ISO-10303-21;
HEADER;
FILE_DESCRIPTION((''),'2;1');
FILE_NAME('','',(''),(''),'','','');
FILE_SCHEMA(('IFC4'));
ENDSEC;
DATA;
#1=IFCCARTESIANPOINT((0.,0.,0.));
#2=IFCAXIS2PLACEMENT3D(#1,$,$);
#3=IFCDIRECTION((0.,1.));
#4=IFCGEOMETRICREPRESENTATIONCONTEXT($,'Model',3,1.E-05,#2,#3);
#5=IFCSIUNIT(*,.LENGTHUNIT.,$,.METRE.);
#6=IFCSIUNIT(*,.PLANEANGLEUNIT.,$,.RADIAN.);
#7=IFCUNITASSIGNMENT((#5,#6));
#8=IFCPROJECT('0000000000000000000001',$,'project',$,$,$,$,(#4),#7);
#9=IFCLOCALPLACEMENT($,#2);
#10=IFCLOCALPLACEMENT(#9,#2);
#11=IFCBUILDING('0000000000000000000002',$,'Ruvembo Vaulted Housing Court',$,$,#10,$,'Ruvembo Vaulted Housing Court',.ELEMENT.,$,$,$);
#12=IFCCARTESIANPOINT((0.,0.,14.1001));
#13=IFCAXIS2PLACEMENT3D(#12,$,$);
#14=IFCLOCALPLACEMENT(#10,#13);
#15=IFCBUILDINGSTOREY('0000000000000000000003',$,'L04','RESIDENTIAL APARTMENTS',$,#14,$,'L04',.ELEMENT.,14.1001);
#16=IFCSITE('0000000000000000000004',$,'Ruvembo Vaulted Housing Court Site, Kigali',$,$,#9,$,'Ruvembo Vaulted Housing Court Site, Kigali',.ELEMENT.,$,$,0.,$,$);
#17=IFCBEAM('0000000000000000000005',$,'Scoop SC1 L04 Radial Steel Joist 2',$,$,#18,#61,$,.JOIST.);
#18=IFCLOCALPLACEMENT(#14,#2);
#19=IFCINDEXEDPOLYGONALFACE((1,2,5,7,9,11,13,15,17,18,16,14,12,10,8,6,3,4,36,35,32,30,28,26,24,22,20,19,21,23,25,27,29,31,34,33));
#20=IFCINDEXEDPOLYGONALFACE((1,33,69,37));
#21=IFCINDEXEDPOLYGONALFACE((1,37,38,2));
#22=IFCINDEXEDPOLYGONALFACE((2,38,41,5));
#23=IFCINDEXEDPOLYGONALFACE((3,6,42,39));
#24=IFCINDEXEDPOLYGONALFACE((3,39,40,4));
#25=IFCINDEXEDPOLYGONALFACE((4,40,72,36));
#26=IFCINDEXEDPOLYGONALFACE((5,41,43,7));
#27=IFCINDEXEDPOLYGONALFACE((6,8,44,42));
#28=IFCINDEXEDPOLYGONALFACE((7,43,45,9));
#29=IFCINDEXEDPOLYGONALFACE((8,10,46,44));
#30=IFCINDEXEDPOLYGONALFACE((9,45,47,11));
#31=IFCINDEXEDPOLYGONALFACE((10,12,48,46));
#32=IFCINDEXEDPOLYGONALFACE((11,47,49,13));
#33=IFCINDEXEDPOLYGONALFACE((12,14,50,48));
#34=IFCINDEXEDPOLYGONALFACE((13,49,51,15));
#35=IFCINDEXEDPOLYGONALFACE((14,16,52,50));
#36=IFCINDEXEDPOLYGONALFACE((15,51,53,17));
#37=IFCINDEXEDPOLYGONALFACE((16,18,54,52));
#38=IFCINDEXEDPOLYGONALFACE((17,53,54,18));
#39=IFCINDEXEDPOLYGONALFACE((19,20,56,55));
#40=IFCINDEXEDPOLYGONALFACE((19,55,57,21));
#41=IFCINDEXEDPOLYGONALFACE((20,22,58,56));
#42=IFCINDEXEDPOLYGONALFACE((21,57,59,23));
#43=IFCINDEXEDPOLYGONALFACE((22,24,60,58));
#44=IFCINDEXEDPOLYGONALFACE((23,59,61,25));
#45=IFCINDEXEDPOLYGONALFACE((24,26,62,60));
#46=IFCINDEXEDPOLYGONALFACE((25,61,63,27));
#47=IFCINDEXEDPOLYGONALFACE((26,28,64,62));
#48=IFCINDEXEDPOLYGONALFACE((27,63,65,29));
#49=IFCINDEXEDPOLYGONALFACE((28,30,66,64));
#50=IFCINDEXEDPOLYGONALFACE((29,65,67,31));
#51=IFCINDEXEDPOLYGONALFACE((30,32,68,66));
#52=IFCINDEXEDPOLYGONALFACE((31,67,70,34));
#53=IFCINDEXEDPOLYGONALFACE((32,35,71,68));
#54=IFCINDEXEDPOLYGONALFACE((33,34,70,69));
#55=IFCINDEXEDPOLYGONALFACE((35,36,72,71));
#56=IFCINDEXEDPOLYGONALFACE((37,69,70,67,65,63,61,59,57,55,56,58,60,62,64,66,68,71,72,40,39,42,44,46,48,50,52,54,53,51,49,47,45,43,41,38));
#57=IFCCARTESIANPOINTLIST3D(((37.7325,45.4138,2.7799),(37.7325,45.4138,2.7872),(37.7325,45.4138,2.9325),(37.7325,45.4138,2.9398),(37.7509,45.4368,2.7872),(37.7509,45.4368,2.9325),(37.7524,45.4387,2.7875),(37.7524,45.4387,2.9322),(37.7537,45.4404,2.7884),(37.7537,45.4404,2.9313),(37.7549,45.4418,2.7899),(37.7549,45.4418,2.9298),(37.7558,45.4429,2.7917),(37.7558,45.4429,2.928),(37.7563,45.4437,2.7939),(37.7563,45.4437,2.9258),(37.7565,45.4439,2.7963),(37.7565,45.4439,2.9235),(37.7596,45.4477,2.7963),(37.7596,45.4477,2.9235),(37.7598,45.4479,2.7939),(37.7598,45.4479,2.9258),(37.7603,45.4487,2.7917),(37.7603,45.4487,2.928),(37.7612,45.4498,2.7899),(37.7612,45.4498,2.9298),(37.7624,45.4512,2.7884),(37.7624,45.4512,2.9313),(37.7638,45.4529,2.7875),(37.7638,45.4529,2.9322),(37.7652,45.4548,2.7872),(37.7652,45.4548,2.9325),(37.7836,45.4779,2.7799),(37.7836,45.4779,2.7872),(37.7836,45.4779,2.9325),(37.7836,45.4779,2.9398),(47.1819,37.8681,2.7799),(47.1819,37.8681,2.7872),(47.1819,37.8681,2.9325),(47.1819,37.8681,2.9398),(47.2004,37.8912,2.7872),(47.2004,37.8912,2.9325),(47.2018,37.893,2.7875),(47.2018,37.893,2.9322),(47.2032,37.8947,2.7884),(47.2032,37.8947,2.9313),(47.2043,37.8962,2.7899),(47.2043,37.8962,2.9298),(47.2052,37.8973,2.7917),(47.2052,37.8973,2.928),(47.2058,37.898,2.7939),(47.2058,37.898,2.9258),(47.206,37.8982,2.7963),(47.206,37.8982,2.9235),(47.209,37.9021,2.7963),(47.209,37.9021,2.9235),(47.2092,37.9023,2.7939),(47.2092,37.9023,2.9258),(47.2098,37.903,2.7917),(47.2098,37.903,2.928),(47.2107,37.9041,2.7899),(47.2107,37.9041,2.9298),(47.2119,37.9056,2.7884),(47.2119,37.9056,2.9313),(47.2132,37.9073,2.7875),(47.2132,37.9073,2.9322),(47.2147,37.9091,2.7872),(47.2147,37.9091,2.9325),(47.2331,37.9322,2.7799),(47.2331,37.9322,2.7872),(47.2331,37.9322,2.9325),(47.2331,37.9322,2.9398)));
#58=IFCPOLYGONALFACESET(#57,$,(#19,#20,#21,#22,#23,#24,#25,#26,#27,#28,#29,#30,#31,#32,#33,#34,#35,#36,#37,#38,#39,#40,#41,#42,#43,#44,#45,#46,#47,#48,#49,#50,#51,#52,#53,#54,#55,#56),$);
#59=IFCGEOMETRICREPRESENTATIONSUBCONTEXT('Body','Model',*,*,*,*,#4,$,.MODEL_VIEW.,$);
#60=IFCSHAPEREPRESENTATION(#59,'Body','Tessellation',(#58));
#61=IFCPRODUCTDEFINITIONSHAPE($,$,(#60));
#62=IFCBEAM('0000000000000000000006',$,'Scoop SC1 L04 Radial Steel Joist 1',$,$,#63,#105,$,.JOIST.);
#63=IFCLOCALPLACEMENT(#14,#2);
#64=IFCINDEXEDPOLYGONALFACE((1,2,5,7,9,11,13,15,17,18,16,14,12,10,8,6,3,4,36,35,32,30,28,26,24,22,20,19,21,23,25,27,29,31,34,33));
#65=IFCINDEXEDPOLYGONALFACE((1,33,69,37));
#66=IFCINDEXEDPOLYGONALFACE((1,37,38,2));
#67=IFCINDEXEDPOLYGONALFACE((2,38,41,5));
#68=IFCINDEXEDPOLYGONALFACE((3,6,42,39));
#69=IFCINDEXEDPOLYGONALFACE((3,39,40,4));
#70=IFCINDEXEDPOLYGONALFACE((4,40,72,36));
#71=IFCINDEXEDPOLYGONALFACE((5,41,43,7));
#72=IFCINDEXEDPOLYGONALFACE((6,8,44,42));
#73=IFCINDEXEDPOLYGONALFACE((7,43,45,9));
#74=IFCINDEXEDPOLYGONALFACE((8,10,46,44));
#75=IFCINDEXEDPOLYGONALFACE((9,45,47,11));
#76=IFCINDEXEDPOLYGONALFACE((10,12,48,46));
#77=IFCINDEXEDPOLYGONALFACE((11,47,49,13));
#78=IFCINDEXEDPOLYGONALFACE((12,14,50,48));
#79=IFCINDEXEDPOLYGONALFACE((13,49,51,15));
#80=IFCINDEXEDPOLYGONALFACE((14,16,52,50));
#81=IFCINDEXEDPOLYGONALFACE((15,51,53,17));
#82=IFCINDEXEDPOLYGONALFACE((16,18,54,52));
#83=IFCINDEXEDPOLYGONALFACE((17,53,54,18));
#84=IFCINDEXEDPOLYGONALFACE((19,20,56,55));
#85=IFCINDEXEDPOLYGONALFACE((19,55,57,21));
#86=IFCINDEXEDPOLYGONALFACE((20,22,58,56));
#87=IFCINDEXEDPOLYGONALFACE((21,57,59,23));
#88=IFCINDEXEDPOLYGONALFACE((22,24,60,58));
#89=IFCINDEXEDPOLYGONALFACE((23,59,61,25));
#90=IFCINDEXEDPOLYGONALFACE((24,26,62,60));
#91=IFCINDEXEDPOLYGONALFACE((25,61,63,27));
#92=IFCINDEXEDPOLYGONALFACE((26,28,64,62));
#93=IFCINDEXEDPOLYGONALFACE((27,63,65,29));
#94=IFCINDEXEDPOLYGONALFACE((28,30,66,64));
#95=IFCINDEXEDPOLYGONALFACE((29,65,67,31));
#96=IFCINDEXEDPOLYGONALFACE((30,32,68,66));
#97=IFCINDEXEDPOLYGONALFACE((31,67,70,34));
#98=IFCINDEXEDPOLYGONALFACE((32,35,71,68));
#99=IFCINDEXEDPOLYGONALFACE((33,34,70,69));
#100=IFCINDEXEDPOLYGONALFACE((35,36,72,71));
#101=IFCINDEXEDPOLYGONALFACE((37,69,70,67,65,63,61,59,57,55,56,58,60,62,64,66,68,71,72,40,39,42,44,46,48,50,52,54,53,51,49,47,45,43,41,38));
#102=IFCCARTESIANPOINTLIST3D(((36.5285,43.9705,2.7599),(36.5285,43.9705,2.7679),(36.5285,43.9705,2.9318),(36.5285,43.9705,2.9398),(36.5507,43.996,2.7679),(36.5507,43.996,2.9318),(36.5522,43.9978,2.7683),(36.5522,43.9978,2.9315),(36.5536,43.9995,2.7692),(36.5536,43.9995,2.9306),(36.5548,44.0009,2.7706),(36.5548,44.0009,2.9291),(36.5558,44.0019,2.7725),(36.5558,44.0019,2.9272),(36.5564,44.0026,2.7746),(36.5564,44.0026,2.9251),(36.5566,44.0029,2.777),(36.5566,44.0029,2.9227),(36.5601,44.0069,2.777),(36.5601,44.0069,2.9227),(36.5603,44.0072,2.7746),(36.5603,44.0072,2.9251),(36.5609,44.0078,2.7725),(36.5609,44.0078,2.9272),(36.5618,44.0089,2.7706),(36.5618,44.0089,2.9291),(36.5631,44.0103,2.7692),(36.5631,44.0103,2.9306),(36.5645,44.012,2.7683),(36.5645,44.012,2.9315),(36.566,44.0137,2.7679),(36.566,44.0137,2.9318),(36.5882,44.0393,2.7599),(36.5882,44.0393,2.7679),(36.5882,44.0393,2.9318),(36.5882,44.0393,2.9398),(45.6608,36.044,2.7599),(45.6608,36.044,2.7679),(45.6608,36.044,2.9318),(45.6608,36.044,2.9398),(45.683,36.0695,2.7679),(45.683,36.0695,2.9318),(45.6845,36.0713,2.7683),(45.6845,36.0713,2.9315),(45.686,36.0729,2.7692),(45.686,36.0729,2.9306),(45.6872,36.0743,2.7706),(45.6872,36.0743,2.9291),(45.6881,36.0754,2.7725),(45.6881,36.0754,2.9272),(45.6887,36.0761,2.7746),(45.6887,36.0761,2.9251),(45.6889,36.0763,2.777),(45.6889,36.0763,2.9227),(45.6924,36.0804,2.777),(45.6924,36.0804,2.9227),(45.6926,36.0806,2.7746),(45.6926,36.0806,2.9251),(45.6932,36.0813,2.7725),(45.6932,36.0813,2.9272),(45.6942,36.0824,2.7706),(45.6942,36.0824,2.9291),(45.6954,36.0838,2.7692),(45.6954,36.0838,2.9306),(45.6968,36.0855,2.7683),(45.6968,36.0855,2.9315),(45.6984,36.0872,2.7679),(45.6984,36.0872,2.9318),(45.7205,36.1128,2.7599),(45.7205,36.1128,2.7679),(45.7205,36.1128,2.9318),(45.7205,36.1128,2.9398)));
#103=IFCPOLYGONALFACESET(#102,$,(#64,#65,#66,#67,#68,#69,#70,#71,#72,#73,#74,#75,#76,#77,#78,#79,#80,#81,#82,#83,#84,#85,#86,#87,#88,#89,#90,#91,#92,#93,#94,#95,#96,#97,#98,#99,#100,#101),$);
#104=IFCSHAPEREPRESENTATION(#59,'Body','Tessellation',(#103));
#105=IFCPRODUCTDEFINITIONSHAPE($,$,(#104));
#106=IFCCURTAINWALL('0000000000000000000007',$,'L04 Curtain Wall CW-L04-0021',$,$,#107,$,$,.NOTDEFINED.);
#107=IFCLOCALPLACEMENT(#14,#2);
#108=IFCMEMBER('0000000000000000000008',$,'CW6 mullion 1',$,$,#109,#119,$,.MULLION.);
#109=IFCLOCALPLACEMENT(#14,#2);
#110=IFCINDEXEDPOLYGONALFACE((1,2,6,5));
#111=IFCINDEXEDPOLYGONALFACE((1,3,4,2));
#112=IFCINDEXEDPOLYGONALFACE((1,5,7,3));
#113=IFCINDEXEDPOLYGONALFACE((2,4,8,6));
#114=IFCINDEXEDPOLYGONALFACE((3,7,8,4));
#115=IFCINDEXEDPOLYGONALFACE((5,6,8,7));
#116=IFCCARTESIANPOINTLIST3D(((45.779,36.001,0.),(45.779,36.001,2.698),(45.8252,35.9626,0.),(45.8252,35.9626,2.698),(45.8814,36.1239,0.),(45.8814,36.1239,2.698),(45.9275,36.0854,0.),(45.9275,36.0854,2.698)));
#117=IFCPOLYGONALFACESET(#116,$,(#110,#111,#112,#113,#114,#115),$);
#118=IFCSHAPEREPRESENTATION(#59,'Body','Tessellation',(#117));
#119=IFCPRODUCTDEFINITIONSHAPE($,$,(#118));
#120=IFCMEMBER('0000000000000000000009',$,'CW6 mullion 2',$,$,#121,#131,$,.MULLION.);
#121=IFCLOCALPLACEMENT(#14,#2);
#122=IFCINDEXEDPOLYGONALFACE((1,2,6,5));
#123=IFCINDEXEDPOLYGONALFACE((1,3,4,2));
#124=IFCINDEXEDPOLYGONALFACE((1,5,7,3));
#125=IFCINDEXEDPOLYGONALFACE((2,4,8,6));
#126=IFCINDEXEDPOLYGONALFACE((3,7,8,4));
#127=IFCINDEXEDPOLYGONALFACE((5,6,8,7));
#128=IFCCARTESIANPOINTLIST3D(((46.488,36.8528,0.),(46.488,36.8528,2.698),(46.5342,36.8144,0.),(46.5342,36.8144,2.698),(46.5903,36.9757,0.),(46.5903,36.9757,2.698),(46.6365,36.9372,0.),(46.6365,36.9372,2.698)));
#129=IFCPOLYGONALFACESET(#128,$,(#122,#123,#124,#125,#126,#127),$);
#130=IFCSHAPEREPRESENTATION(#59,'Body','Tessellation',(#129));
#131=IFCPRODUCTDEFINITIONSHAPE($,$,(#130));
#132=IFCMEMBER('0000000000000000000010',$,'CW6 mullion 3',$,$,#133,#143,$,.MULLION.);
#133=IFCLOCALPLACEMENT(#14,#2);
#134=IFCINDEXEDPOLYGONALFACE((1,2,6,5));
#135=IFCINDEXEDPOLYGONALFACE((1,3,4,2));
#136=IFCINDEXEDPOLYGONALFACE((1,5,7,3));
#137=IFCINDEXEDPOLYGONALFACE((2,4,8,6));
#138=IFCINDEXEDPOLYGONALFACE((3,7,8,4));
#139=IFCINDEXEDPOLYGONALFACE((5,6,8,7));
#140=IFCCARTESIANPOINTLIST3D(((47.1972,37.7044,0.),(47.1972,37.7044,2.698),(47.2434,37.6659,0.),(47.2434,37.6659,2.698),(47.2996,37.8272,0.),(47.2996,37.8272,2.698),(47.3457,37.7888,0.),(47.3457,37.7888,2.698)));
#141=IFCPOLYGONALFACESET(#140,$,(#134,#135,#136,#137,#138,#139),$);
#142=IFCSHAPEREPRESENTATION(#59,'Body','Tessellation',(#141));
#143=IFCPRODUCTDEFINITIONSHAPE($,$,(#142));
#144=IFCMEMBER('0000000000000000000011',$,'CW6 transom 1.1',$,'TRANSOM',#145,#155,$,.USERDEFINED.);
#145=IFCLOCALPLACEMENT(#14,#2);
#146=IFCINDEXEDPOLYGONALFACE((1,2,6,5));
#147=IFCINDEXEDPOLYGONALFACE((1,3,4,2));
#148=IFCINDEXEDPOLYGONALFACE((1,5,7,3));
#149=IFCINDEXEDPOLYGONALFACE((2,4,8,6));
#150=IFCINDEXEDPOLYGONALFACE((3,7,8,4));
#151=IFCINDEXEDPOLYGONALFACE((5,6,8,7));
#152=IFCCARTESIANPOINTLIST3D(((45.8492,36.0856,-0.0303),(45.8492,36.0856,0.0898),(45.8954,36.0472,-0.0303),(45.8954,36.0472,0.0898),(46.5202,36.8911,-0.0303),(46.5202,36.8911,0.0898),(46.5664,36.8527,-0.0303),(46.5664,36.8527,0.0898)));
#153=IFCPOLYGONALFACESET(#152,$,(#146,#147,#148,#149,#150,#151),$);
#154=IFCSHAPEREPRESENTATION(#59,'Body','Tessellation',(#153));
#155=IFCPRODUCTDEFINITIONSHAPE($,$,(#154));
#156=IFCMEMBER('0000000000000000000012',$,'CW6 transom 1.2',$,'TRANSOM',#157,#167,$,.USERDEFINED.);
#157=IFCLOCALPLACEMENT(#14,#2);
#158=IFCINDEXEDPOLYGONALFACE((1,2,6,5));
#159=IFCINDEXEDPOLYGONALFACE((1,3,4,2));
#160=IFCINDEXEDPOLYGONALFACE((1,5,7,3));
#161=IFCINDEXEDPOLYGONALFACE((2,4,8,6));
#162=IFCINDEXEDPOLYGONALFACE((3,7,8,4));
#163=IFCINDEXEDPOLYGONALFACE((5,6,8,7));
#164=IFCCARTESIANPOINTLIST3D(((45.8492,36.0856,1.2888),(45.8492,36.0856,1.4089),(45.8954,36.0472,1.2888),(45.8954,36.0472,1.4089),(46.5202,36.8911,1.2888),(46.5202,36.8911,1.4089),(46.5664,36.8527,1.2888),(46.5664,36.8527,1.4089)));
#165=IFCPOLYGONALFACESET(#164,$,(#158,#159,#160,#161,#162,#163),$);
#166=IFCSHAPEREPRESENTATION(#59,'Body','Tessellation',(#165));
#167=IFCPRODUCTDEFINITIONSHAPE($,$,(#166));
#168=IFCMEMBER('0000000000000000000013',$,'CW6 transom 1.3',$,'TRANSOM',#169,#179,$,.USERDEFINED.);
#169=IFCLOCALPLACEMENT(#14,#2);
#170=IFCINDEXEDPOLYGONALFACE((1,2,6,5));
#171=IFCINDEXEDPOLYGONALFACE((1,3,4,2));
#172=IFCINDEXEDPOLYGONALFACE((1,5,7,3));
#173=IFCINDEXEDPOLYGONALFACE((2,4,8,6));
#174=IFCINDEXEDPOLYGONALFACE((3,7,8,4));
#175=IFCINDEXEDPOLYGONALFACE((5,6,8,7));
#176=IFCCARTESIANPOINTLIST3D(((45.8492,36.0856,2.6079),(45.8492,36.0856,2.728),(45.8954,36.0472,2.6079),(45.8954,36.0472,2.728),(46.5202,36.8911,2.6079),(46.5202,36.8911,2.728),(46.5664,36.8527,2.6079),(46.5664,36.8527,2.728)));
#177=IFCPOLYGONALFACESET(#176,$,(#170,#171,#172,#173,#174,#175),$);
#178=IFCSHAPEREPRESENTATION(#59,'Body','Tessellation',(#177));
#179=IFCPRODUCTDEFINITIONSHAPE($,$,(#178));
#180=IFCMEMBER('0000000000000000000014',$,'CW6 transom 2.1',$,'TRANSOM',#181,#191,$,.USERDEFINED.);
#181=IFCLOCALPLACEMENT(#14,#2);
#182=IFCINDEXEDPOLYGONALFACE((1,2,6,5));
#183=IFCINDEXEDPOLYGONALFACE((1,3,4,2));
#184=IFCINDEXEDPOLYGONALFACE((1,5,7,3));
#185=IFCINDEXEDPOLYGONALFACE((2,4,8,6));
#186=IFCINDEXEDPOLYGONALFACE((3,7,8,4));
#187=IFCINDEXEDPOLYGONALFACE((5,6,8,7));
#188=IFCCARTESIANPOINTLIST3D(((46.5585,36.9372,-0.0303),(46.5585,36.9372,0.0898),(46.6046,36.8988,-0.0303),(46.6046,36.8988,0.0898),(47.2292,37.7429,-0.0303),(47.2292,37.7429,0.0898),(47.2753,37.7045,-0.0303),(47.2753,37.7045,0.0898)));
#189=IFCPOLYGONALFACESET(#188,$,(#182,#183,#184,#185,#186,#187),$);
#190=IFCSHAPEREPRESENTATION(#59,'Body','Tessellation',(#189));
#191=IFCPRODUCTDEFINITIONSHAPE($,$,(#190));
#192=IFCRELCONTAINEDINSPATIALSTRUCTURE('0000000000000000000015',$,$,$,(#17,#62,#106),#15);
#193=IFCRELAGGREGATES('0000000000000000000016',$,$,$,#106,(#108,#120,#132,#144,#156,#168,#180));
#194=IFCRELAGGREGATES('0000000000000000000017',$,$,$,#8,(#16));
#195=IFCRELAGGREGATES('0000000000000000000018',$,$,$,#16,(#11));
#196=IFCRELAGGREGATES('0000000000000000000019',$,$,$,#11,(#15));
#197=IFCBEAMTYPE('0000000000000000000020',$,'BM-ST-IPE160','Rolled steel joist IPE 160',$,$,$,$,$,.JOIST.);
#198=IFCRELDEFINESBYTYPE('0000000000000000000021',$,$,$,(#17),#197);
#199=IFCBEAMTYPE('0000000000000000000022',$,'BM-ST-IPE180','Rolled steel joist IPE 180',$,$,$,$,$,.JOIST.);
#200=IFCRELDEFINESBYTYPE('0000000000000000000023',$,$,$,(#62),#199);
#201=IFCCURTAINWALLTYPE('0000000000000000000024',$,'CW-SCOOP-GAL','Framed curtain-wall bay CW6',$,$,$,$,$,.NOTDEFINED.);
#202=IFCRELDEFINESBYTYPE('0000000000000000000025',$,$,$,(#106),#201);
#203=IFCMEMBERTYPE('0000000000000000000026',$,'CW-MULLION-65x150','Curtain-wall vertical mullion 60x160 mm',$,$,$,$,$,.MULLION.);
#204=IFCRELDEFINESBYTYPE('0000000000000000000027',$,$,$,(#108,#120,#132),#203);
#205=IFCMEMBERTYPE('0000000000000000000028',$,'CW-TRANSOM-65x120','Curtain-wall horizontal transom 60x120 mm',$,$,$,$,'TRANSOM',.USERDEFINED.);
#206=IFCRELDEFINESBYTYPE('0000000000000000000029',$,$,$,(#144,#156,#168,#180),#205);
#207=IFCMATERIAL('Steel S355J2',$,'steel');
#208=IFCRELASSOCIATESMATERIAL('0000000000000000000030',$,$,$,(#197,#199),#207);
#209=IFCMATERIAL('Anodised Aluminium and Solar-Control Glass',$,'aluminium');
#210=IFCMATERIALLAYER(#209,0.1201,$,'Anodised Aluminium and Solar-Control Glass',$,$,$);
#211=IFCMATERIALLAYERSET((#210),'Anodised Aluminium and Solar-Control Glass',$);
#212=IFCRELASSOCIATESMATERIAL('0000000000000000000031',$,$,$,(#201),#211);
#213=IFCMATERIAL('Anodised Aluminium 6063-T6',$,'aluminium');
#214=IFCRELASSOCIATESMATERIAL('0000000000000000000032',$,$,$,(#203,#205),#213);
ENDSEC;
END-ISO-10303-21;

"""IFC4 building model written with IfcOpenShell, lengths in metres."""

from ifc_helpers import new_model, si_unit, direction, frame, origin, origin_2d, place, context, subcontext, project, spatial, rectangle, i_section, extrude, material, layer, layer_set, material_profile, profile_set, type_object, element, aggregate, save


model = new_model("IFC4")

# Units and contexts
model_context = context("Model", 3, precision=1e-05, world=origin(), true_north=direction((0.0, 1.0)))
body_context = subcontext(model_context, "Body", "Model", "MODEL_VIEW")
ifc_project = project(units=[si_unit("LENGTHUNIT", "METRE"), si_unit("PLANEANGLEUNIT", "RADIAN")], contexts=[model_context])

# Site, building, storey
site_placement = place(None, origin())
site = spatial("IfcSite", under=ifc_project, at=site_placement, Name="Ruvembo Vaulted Housing Court Site, Kigali", LongName="Ruvembo Vaulted Housing Court Site, Kigali", CompositionType="ELEMENT", RefElevation=0.0)
building_placement = place(site_placement, origin())
building = spatial("IfcBuilding", under=site, at=building_placement, Name="Ruvembo Vaulted Housing Court", LongName="Ruvembo Vaulted Housing Court", CompositionType="ELEMENT")
storey_placement = place(building_placement, frame((0.0, 0.0, 14.1001)))
storey = spatial("IfcBuildingStorey", under=building, at=storey_placement, Name="L04", Description="RESIDENTIAL APARTMENTS", LongName="L04", CompositionType="ELEMENT", Elevation=14.1001)

# Beams
ifc_material_1 = material(Name="Steel S355J2", Category="steel")
ifc_material_profile_1 = material_profile(ifc_material_1, i_section(OverallWidth=0.082, OverallDepth=0.1599, WebThickness=0.0049, FlangeThickness=0.0073, FilletRadius=0.009, at=origin_2d()), Name="IPE 160")
ifc_profile_set_1 = profile_set([ifc_material_profile_1], Name="Steel S355J2")
beam_type_1 = type_object("IfcBeamType", Name="BM-ST-IPE160", Description="Rolled steel joist IPE 160", PredefinedType="JOIST", material=ifc_profile_set_1)
beam_1_placement = place(storey_placement, frame((47.2075, 37.9001, 2.8599), z_axis=(-0.78143, 0.623993, 0.0), x_axis=(-0.623993, -0.78143, 0.0)))
element("IfcBeam", 1, at=beam_1_placement, inside=storey, type_object=beam_type_1, Name="Scoop SC1 L04 Radial Steel Joist 2", PredefinedType="JOIST", context=body_context, shape_type="SweptSolid", body=[
    extrude(i_section(OverallWidth=0.082, OverallDepth=0.1599, WebThickness=0.0049, FlangeThickness=0.0073, FilletRadius=0.009, at=origin_2d()), origin(), (0.0, 0.0, 1.0), 12.0925),
])
ifc_material_profile_2 = material_profile(ifc_material_1, i_section(OverallWidth=0.0911, OverallDepth=0.1799, WebThickness=0.0054, FlangeThickness=0.0081, FilletRadius=0.009, at=origin_2d()), Name="IPE 180")
ifc_profile_set_2 = profile_set([ifc_material_profile_2], Name="Steel S355J2")
beam_type_2 = type_object("IfcBeamType", Name="BM-ST-IPE180", Description="Rolled steel joist IPE 180", PredefinedType="JOIST", material=ifc_profile_set_2)
beam_2_placement = place(storey_placement, frame((45.6907, 36.0784, 2.8499), z_axis=(-0.755205, 0.655489, 0.0), x_axis=(-0.655489, -0.755205, 0.0)))
element("IfcBeam", 2, at=beam_2_placement, inside=storey, type_object=beam_type_2, Name="Scoop SC1 L04 Radial Steel Joist 1", PredefinedType="JOIST", context=body_context, shape_type="SweptSolid", body=[
    extrude(i_section(OverallWidth=0.0911, OverallDepth=0.1799, WebThickness=0.0054, FlangeThickness=0.0081, FilletRadius=0.009, at=origin_2d()), origin(), (0.0, 0.0, 1.0), 12.0925),
])

# Curtain wall, members
ifc_material_2 = material(Name="Anodised Aluminium and Solar-Control Glass", Category="aluminium")
ifc_layer_1 = layer(ifc_material_2, 0.1201, Name="Anodised Aluminium and Solar-Control Glass")
ifc_layer_set_1 = layer_set([ifc_layer_1], Name="Anodised Aluminium and Solar-Control Glass")
curtain_wall_type = type_object("IfcCurtainWallType", Name="CW-SCOOP-GAL", Description="Framed curtain-wall bay CW6", PredefinedType="NOTDEFINED", material=ifc_layer_set_1)
curtain_wall_placement = place(storey_placement, origin())
curtain_wall = element("IfcCurtainWall", 3, at=curtain_wall_placement, inside=storey, type_object=curtain_wall_type, Name="L04 Curtain Wall CW-L04-0021", PredefinedType="NOTDEFINED")
ifc_material_3 = material(Name="Anodised Aluminium 6063-T6", Category="aluminium")
ifc_material_profile_3 = material_profile(ifc_material_3, rectangle(XDim=0.0601, YDim=0.1599, at=origin_2d()), Name="ALU 60x160")
ifc_profile_set_3 = profile_set([ifc_material_profile_3], Name="Anodised Aluminium 6063-T6")
member_type_1 = type_object("IfcMemberType", Name="CW-MULLION-65x150", Description="Curtain-wall vertical mullion 60x160 mm", PredefinedType="MULLION", material=ifc_profile_set_3)
member_1_placement = place(storey_placement, frame((45.8533, 36.0432, 0.0), z_axis=(0.0, 0.0, 1.0), x_axis=(-0.768484, 0.639869, 0.0)))
member_1 = element("IfcMember", 4, at=member_1_placement, type_object=member_type_1, Name="CW6 mullion 1", PredefinedType="MULLION", context=body_context, shape_type="SweptSolid", body=[
    extrude(rectangle(XDim=0.0601, YDim=0.1599, at=origin_2d()), origin(), (0.0, 0.0, 1.0), 2.698),
])
member_2_placement = place(storey_placement, frame((46.5623, 36.895, 0.0), z_axis=(0.0, 0.0, 1.0), x_axis=(-0.768484, 0.639869, 0.0)))
member_2 = element("IfcMember", 5, at=member_2_placement, type_object=member_type_1, Name="CW6 mullion 2", PredefinedType="MULLION", context=body_context, shape_type="SweptSolid", body=[
    extrude(rectangle(XDim=0.0601, YDim=0.1599, at=origin_2d()), origin(), (0.0, 0.0, 1.0), 2.698),
])
member_3_placement = place(storey_placement, frame((47.2715, 37.7466, 0.0), z_axis=(0.0, 0.0, 1.0), x_axis=(-0.768484, 0.639869, 0.0)))
member_3 = element("IfcMember", 6, at=member_3_placement, type_object=member_type_1, Name="CW6 mullion 3", PredefinedType="MULLION", context=body_context, shape_type="SweptSolid", body=[
    extrude(rectangle(XDim=0.0601, YDim=0.1599, at=origin_2d()), origin(), (0.0, 0.0, 1.0), 2.698),
])
ifc_material_profile_4 = material_profile(ifc_material_3, rectangle(XDim=0.0601, YDim=0.1201, at=origin_2d()), Name="ALU 60x120")
ifc_profile_set_4 = profile_set([ifc_material_profile_4], Name="Anodised Aluminium 6063-T6")
member_type_2 = type_object("IfcMemberType", Name="CW-TRANSOM-65x120", Description="Curtain-wall horizontal transom 60x120 mm", ElementType="TRANSOM", PredefinedType="USERDEFINED", material=ifc_profile_set_4)
member_4_placement = place(storey_placement, frame((45.8723, 36.0664, 0.0298), z_axis=(0.640024, 0.768355, 0.0), x_axis=(-0.768355, 0.640024, 0.0)))
member_4 = element("IfcMember", 7, at=member_4_placement, type_object=member_type_2, Name="CW6 transom 1.1", ObjectType="TRANSOM", PredefinedType="USERDEFINED", context=body_context, shape_type="SweptSolid", body=[
    extrude(rectangle(XDim=0.0601, YDim=0.1201, at=origin_2d()), origin(), (0.0, 0.0, 1.0), 1.0483),
])
member_5_placement = place(storey_placement, frame((45.8723, 36.0664, 1.3489), z_axis=(0.640024, 0.768355, 0.0), x_axis=(-0.768355, 0.640024, 0.0)))
member_5 = element("IfcMember", 8, at=member_5_placement, type_object=member_type_2, Name="CW6 transom 1.2", ObjectType="TRANSOM", PredefinedType="USERDEFINED", context=body_context, shape_type="SweptSolid", body=[
    extrude(rectangle(XDim=0.0601, YDim=0.1201, at=origin_2d()), origin(), (0.0, 0.0, 1.0), 1.0483),
])
member_6_placement = place(storey_placement, frame((45.8723, 36.0664, 2.668), z_axis=(0.640024, 0.768355, 0.0), x_axis=(-0.768355, 0.640024, 0.0)))
member_6 = element("IfcMember", 9, at=member_6_placement, type_object=member_type_2, Name="CW6 transom 1.3", ObjectType="TRANSOM", PredefinedType="USERDEFINED", context=body_context, shape_type="SweptSolid", body=[
    extrude(rectangle(XDim=0.0601, YDim=0.1201, at=origin_2d()), origin(), (0.0, 0.0, 1.0), 1.0483),
])
member_7_placement = place(storey_placement, frame((46.5815, 36.918, 0.0298), z_axis=(0.639772, 0.768565, 0.0), x_axis=(-0.768565, 0.639772, 0.0)))
member_7 = element("IfcMember", 10, at=member_7_placement, type_object=member_type_2, Name="CW6 transom 2.1", ObjectType="TRANSOM", PredefinedType="USERDEFINED", context=body_context, shape_type="SweptSolid", body=[
    extrude(rectangle(XDim=0.0601, YDim=0.1201, at=origin_2d()), origin(), (0.0, 0.0, 1.0), 1.0483),
])
aggregate(curtain_wall, [member_1, member_2, member_3, member_4, member_5, member_6, member_7])

save(model, "model.ifc")
